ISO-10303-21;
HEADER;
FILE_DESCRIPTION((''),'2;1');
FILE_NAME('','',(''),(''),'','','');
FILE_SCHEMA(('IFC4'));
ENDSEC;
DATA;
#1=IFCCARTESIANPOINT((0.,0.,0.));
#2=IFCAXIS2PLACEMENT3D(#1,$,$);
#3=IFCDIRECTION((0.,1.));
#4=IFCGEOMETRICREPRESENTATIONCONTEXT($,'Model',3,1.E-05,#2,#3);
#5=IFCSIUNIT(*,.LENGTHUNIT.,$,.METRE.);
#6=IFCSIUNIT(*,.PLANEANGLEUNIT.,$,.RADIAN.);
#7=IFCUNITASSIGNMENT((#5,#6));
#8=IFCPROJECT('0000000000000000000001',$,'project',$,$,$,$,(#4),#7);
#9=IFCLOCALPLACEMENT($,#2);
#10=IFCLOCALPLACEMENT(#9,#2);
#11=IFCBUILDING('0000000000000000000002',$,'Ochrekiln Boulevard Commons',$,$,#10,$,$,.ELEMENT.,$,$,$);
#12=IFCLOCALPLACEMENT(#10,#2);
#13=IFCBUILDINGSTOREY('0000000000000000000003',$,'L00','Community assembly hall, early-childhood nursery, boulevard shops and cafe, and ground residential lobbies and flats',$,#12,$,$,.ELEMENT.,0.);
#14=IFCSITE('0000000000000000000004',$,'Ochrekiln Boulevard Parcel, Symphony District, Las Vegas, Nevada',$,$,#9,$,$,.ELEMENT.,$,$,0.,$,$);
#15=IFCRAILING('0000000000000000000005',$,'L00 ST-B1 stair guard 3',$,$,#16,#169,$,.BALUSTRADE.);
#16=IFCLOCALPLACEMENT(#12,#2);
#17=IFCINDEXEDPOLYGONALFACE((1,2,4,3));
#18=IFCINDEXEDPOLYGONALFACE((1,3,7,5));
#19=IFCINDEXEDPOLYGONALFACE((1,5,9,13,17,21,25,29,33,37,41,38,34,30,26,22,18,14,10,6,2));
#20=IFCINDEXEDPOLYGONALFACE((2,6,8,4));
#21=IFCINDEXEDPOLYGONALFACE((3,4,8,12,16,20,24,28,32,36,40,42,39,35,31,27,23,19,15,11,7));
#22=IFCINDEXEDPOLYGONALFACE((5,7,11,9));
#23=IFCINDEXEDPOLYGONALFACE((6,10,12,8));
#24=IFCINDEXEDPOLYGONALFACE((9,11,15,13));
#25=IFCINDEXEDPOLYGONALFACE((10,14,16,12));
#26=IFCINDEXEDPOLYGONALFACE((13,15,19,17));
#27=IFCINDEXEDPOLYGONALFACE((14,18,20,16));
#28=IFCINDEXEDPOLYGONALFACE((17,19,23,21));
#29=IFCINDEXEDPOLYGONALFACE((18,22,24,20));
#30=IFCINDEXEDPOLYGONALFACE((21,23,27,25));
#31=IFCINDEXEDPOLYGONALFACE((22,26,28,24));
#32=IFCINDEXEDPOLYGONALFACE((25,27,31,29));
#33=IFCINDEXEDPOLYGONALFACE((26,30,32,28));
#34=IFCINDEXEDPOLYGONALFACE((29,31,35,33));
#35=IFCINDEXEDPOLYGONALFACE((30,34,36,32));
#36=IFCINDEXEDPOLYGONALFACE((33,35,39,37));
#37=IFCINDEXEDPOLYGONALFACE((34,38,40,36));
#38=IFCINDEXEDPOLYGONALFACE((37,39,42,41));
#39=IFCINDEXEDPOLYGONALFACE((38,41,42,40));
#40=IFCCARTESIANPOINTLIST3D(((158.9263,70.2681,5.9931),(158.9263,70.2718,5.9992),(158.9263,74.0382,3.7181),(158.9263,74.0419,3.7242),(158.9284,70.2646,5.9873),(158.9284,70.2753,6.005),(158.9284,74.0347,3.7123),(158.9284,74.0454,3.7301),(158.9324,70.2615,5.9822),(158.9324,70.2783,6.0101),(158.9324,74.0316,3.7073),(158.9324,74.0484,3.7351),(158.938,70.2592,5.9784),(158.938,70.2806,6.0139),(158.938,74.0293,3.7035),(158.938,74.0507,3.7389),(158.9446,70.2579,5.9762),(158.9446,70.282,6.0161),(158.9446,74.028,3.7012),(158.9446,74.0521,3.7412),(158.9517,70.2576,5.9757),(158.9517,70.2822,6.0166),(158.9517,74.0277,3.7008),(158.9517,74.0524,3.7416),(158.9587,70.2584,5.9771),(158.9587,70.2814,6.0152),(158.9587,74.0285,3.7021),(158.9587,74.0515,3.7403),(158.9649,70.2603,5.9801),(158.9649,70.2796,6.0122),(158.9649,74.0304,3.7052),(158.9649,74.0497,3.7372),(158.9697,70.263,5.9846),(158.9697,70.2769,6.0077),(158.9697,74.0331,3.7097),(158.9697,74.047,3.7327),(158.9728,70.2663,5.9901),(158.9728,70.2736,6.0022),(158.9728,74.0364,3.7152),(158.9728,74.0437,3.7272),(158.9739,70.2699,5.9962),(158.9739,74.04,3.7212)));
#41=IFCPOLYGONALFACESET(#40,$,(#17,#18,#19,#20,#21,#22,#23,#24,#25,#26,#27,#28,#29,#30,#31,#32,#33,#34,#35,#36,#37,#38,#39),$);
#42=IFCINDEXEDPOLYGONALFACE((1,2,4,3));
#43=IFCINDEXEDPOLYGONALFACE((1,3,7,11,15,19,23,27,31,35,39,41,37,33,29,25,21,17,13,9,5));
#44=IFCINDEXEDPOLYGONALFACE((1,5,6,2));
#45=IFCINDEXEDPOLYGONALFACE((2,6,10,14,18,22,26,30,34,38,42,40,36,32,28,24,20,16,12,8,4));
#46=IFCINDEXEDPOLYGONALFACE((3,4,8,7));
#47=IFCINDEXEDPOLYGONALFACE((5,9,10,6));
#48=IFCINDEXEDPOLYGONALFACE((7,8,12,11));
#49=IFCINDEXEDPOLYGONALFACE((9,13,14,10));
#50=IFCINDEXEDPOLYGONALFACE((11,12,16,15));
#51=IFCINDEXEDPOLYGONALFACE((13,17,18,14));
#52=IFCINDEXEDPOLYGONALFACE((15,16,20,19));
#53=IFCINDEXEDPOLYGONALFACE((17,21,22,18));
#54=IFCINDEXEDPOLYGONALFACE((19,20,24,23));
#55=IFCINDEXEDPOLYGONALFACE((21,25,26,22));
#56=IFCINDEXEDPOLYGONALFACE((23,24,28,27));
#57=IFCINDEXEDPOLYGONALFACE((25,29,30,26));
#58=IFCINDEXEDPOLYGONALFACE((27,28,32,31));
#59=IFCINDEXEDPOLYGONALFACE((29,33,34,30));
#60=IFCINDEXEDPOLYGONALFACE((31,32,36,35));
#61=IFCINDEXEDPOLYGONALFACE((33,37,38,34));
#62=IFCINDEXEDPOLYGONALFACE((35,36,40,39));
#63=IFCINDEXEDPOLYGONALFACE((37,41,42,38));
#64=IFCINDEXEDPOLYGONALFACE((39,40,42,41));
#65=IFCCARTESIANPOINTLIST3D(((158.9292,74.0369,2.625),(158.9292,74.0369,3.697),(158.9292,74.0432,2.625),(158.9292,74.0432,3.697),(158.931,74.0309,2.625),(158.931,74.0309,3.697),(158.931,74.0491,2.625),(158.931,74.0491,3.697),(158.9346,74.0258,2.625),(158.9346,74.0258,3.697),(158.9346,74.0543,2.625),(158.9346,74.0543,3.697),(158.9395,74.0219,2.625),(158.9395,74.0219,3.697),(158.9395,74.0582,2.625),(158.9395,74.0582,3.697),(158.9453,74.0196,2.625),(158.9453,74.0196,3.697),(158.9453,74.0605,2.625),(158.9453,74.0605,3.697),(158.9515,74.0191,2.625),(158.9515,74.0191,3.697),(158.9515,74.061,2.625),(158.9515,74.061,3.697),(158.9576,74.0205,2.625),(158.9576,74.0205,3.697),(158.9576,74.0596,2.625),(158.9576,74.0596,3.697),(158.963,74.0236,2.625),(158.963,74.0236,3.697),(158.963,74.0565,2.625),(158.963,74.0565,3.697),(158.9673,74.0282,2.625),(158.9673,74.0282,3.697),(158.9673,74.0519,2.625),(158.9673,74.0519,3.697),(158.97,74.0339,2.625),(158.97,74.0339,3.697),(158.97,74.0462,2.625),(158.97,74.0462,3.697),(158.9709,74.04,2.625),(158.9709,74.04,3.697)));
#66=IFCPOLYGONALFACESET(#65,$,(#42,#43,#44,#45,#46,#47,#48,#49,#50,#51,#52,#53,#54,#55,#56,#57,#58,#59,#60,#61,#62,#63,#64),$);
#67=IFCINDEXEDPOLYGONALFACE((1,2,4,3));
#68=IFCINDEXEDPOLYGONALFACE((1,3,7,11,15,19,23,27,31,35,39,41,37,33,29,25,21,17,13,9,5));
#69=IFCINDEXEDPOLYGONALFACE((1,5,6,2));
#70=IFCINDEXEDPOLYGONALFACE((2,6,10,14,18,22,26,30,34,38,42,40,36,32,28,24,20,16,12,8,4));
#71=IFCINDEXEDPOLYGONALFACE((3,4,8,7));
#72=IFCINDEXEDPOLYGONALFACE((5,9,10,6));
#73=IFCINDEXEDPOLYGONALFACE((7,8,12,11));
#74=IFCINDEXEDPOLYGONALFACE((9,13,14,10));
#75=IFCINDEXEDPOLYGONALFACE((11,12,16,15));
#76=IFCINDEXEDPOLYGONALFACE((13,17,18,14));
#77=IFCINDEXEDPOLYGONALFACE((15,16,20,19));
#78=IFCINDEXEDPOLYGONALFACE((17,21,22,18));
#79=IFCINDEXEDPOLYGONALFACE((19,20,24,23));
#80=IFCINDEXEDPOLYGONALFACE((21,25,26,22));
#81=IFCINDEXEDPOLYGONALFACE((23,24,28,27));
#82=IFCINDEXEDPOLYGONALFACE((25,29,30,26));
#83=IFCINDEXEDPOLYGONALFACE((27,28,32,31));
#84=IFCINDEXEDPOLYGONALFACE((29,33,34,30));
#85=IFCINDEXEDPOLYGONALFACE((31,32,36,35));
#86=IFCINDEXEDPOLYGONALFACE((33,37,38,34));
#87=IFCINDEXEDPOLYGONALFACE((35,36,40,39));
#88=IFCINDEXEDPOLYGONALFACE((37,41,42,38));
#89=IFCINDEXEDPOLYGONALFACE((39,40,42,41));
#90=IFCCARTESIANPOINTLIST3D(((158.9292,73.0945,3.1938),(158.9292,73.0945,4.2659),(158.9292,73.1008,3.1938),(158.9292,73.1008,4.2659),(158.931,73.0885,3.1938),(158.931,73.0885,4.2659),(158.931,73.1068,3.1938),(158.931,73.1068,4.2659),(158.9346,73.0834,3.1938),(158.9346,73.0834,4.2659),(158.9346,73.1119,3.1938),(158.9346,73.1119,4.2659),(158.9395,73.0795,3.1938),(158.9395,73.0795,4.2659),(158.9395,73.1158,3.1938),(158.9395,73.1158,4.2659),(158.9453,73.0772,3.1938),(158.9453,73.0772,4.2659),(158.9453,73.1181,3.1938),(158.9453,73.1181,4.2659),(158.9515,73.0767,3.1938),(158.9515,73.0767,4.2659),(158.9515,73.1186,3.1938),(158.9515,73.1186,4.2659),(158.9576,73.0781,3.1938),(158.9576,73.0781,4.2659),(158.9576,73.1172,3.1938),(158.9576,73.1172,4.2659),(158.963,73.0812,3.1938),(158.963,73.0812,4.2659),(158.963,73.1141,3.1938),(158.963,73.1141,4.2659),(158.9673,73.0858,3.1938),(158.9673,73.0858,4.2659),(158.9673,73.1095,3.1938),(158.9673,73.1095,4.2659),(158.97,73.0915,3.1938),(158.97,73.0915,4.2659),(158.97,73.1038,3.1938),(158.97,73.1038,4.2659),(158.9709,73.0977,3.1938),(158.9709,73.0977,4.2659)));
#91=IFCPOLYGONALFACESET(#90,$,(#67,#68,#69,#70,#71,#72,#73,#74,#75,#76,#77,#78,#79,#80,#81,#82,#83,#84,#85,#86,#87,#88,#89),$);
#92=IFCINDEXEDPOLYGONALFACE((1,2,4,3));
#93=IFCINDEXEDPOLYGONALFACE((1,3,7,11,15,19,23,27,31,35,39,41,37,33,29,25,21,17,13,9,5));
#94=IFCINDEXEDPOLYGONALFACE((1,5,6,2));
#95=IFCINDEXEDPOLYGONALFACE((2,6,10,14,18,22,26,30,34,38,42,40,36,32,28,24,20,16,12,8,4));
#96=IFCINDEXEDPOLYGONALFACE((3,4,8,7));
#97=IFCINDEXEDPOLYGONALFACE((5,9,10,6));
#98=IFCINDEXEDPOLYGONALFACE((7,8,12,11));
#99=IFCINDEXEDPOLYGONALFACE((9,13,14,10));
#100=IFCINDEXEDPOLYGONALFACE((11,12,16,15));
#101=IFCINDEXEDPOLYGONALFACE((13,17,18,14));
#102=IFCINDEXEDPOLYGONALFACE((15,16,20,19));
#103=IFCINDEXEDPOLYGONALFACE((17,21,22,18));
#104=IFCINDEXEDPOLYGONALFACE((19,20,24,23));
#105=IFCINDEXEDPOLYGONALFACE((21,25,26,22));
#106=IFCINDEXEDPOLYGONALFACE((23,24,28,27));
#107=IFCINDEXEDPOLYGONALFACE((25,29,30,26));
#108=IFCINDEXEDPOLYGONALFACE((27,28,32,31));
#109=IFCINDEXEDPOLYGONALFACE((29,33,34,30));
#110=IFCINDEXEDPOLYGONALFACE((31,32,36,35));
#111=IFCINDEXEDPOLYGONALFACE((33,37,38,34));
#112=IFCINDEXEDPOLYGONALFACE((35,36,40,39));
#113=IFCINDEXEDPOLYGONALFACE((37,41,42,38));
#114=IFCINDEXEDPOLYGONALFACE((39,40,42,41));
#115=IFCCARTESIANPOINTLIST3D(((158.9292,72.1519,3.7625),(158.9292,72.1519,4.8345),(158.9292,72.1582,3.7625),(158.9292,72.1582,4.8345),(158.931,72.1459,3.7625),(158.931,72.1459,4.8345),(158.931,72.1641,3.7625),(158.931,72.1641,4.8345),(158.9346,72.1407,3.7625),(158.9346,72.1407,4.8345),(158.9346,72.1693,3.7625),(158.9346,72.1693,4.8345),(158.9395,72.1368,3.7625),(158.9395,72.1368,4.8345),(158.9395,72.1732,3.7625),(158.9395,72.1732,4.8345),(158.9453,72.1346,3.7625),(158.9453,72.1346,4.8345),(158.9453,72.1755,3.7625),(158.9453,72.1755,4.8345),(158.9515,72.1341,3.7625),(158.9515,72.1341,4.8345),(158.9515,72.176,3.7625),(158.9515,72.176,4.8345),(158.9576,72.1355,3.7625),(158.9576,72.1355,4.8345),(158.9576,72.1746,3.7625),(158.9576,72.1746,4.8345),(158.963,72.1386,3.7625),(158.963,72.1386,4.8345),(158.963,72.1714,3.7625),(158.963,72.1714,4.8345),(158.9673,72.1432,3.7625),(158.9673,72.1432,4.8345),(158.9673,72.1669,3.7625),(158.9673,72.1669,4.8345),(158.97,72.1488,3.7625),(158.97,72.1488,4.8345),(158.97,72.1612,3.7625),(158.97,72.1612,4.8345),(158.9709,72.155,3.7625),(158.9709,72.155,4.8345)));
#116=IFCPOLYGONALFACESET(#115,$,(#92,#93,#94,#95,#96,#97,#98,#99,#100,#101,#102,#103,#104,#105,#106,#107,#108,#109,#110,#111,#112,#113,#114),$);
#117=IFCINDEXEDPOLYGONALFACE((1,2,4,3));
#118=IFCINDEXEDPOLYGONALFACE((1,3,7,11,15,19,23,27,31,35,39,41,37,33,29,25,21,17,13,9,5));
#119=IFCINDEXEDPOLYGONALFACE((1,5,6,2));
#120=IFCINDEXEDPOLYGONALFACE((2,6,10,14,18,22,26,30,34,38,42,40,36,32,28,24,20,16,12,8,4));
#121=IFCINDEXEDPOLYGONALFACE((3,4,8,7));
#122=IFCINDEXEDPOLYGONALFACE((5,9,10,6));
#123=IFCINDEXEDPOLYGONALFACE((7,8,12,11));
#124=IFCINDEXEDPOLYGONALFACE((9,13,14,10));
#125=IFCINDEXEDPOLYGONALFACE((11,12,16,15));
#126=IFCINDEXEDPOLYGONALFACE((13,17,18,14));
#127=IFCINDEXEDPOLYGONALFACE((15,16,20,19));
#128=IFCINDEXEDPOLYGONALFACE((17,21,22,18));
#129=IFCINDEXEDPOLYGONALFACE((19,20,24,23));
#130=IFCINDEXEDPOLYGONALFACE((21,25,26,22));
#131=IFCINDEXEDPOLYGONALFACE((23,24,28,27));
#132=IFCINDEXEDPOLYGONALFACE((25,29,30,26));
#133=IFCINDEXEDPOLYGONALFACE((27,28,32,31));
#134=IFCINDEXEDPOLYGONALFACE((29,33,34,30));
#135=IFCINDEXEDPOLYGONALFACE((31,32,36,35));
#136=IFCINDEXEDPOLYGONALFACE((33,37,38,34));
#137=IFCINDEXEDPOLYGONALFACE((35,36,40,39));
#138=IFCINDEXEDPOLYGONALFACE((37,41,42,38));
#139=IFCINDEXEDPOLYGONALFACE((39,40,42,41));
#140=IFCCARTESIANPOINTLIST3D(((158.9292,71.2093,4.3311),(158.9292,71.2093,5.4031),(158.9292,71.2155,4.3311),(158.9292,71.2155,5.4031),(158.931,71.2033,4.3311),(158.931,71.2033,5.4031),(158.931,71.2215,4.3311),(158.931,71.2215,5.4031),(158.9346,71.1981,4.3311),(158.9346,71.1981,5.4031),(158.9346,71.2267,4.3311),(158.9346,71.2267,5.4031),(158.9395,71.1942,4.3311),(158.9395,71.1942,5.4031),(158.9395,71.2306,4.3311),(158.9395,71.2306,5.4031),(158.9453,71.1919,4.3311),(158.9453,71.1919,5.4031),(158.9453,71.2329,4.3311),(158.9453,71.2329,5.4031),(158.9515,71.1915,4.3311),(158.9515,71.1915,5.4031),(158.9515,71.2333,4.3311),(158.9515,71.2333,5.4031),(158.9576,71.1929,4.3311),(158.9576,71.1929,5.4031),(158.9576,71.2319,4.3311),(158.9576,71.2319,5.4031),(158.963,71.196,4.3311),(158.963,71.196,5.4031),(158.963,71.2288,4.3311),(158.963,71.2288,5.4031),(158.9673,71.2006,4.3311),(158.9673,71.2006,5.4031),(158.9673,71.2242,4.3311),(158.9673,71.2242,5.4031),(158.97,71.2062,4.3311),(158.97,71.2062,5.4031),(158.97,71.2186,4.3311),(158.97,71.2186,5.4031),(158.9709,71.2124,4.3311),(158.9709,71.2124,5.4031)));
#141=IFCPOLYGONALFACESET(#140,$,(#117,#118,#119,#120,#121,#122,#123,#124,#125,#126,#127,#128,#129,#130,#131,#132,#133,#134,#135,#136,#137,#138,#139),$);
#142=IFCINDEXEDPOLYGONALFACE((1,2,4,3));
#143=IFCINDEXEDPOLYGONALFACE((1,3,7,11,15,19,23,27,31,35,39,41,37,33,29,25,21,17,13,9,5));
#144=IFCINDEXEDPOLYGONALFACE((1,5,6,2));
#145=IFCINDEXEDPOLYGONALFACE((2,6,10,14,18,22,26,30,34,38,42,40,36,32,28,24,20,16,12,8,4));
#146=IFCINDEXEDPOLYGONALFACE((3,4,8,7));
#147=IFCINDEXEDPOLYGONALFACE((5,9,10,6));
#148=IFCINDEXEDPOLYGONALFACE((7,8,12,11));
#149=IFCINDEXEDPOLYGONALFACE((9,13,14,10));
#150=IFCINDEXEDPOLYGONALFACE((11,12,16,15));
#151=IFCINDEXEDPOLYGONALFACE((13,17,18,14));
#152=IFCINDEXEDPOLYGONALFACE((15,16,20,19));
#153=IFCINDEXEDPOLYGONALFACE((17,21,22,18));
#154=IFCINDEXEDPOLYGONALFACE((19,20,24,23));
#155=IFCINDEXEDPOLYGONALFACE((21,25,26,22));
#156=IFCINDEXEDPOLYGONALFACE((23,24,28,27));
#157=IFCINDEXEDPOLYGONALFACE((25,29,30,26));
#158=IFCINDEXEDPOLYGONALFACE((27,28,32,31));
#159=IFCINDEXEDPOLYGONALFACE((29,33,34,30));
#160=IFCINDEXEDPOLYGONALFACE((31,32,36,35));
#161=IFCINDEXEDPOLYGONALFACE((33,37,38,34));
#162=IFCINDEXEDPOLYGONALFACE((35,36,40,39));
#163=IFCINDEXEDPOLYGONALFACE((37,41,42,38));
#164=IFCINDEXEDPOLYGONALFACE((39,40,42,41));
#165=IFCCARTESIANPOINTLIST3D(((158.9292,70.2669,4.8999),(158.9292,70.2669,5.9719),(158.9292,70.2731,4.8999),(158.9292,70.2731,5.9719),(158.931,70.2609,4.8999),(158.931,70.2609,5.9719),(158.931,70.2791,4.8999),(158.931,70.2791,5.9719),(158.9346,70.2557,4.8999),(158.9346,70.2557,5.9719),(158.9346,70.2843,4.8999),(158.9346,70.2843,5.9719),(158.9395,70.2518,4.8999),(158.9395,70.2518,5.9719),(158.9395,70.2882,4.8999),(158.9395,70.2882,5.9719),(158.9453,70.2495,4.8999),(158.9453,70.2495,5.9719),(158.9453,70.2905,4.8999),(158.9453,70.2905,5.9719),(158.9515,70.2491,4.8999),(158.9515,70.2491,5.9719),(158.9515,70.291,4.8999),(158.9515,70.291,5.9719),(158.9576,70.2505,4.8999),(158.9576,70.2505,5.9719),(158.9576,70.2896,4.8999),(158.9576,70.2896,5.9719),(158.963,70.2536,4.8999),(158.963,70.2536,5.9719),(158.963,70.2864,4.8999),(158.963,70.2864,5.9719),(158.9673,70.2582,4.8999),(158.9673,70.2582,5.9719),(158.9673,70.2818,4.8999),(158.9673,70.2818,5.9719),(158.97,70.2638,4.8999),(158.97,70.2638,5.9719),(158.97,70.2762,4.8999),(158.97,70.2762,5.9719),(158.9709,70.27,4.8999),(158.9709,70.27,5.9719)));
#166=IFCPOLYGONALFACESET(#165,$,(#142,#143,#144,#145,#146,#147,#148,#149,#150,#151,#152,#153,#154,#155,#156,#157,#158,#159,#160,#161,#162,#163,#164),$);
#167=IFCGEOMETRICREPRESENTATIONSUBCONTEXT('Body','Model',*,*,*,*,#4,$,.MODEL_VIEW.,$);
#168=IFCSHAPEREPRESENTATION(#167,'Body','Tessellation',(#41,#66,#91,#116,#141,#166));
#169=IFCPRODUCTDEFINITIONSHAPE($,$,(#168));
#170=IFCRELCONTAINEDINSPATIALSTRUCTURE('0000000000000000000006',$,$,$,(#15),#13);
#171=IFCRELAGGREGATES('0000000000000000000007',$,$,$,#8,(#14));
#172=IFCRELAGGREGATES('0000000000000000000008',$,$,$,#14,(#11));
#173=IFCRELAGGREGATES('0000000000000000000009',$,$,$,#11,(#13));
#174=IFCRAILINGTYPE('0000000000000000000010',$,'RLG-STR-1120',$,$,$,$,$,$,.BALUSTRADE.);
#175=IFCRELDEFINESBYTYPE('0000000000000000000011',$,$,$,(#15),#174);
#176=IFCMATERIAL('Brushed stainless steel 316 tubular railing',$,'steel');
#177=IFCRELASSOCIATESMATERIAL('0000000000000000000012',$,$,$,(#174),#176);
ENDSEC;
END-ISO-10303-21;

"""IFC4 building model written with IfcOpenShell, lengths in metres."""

from ifc_helpers import new_model, si_unit, direction, frame, origin, origin_2d, place, context, subcontext, project, spatial, circle, extrude, material, type_object, element, save


model = new_model("IFC4")

# Units and contexts
model_context = context("Model", 3, precision=1e-05, world=origin(), true_north=direction((0.0, 1.0)))
body_context = subcontext(model_context, "Body", "Model", "MODEL_VIEW")
ifc_project = project(units=[si_unit("LENGTHUNIT", "METRE"), si_unit("PLANEANGLEUNIT", "RADIAN")], contexts=[model_context])

# Site, building, storey
site_placement = place(None, origin())
site = spatial("IfcSite", under=ifc_project, at=site_placement, Name="Ochrekiln Boulevard Parcel, Symphony District, Las Vegas, Nevada", CompositionType="ELEMENT", RefElevation=0.0)
building_placement = place(site_placement, origin())
building = spatial("IfcBuilding", under=site, at=building_placement, Name="Ochrekiln Boulevard Commons", CompositionType="ELEMENT")
storey_placement = place(building_placement, origin())
storey = spatial("IfcBuildingStorey", under=building, at=storey_placement, Name="L00", Description="Community assembly hall, early-childhood nursery, boulevard shops and cafe, and ground residential lobbies and flats", CompositionType="ELEMENT", Elevation=0.0)

# Railing
ifc_material_1 = material(Name="Brushed stainless steel 316 tubular railing", Category="steel")
railing_type_1 = type_object("IfcRailingType", Name="RLG-STR-1120", PredefinedType="BALUSTRADE", material=ifc_material_1)
railing_1_placement = place(storey_placement, frame((158.95, 74.04, 2.625)))
element("IfcRailing", 1, at=railing_1_placement, inside=storey, type_object=railing_type_1, Name="L00 ST-B1 stair guard 3", PredefinedType="BALUSTRADE", context=body_context, shape_type="SweptSolid", body=[
    extrude(circle(Radius=0.0239, at=origin_2d()), frame((0.0, 0.0, 1.0962), z_axis=(0.0, -0.856199, 0.516647), x_axis=(1.0, 0.0, 0.0)), (0.0, 0.0, 1.0), 4.4033),
    extrude(circle(Radius=0.021, at=origin_2d()), origin(), (0.0, 0.0, 1.0), 1.072),
    extrude(circle(Radius=0.021, at=origin_2d()), frame((0.0, -0.9424, 0.5688)), (0.0, 0.0, 1.0), 1.072),
    extrude(circle(Radius=0.021, at=origin_2d()), frame((0.0, -1.885, 1.1375)), (0.0, 0.0, 1.0), 1.072),
    extrude(circle(Radius=0.021, at=origin_2d()), frame((0.0, -2.8276, 1.7061)), (0.0, 0.0, 1.0), 1.072),
    extrude(circle(Radius=0.021, at=origin_2d()), frame((0.0, -3.77, 2.2749)), (0.0, 0.0, 1.0), 1.072),
])

save(model, "model.ifc")
